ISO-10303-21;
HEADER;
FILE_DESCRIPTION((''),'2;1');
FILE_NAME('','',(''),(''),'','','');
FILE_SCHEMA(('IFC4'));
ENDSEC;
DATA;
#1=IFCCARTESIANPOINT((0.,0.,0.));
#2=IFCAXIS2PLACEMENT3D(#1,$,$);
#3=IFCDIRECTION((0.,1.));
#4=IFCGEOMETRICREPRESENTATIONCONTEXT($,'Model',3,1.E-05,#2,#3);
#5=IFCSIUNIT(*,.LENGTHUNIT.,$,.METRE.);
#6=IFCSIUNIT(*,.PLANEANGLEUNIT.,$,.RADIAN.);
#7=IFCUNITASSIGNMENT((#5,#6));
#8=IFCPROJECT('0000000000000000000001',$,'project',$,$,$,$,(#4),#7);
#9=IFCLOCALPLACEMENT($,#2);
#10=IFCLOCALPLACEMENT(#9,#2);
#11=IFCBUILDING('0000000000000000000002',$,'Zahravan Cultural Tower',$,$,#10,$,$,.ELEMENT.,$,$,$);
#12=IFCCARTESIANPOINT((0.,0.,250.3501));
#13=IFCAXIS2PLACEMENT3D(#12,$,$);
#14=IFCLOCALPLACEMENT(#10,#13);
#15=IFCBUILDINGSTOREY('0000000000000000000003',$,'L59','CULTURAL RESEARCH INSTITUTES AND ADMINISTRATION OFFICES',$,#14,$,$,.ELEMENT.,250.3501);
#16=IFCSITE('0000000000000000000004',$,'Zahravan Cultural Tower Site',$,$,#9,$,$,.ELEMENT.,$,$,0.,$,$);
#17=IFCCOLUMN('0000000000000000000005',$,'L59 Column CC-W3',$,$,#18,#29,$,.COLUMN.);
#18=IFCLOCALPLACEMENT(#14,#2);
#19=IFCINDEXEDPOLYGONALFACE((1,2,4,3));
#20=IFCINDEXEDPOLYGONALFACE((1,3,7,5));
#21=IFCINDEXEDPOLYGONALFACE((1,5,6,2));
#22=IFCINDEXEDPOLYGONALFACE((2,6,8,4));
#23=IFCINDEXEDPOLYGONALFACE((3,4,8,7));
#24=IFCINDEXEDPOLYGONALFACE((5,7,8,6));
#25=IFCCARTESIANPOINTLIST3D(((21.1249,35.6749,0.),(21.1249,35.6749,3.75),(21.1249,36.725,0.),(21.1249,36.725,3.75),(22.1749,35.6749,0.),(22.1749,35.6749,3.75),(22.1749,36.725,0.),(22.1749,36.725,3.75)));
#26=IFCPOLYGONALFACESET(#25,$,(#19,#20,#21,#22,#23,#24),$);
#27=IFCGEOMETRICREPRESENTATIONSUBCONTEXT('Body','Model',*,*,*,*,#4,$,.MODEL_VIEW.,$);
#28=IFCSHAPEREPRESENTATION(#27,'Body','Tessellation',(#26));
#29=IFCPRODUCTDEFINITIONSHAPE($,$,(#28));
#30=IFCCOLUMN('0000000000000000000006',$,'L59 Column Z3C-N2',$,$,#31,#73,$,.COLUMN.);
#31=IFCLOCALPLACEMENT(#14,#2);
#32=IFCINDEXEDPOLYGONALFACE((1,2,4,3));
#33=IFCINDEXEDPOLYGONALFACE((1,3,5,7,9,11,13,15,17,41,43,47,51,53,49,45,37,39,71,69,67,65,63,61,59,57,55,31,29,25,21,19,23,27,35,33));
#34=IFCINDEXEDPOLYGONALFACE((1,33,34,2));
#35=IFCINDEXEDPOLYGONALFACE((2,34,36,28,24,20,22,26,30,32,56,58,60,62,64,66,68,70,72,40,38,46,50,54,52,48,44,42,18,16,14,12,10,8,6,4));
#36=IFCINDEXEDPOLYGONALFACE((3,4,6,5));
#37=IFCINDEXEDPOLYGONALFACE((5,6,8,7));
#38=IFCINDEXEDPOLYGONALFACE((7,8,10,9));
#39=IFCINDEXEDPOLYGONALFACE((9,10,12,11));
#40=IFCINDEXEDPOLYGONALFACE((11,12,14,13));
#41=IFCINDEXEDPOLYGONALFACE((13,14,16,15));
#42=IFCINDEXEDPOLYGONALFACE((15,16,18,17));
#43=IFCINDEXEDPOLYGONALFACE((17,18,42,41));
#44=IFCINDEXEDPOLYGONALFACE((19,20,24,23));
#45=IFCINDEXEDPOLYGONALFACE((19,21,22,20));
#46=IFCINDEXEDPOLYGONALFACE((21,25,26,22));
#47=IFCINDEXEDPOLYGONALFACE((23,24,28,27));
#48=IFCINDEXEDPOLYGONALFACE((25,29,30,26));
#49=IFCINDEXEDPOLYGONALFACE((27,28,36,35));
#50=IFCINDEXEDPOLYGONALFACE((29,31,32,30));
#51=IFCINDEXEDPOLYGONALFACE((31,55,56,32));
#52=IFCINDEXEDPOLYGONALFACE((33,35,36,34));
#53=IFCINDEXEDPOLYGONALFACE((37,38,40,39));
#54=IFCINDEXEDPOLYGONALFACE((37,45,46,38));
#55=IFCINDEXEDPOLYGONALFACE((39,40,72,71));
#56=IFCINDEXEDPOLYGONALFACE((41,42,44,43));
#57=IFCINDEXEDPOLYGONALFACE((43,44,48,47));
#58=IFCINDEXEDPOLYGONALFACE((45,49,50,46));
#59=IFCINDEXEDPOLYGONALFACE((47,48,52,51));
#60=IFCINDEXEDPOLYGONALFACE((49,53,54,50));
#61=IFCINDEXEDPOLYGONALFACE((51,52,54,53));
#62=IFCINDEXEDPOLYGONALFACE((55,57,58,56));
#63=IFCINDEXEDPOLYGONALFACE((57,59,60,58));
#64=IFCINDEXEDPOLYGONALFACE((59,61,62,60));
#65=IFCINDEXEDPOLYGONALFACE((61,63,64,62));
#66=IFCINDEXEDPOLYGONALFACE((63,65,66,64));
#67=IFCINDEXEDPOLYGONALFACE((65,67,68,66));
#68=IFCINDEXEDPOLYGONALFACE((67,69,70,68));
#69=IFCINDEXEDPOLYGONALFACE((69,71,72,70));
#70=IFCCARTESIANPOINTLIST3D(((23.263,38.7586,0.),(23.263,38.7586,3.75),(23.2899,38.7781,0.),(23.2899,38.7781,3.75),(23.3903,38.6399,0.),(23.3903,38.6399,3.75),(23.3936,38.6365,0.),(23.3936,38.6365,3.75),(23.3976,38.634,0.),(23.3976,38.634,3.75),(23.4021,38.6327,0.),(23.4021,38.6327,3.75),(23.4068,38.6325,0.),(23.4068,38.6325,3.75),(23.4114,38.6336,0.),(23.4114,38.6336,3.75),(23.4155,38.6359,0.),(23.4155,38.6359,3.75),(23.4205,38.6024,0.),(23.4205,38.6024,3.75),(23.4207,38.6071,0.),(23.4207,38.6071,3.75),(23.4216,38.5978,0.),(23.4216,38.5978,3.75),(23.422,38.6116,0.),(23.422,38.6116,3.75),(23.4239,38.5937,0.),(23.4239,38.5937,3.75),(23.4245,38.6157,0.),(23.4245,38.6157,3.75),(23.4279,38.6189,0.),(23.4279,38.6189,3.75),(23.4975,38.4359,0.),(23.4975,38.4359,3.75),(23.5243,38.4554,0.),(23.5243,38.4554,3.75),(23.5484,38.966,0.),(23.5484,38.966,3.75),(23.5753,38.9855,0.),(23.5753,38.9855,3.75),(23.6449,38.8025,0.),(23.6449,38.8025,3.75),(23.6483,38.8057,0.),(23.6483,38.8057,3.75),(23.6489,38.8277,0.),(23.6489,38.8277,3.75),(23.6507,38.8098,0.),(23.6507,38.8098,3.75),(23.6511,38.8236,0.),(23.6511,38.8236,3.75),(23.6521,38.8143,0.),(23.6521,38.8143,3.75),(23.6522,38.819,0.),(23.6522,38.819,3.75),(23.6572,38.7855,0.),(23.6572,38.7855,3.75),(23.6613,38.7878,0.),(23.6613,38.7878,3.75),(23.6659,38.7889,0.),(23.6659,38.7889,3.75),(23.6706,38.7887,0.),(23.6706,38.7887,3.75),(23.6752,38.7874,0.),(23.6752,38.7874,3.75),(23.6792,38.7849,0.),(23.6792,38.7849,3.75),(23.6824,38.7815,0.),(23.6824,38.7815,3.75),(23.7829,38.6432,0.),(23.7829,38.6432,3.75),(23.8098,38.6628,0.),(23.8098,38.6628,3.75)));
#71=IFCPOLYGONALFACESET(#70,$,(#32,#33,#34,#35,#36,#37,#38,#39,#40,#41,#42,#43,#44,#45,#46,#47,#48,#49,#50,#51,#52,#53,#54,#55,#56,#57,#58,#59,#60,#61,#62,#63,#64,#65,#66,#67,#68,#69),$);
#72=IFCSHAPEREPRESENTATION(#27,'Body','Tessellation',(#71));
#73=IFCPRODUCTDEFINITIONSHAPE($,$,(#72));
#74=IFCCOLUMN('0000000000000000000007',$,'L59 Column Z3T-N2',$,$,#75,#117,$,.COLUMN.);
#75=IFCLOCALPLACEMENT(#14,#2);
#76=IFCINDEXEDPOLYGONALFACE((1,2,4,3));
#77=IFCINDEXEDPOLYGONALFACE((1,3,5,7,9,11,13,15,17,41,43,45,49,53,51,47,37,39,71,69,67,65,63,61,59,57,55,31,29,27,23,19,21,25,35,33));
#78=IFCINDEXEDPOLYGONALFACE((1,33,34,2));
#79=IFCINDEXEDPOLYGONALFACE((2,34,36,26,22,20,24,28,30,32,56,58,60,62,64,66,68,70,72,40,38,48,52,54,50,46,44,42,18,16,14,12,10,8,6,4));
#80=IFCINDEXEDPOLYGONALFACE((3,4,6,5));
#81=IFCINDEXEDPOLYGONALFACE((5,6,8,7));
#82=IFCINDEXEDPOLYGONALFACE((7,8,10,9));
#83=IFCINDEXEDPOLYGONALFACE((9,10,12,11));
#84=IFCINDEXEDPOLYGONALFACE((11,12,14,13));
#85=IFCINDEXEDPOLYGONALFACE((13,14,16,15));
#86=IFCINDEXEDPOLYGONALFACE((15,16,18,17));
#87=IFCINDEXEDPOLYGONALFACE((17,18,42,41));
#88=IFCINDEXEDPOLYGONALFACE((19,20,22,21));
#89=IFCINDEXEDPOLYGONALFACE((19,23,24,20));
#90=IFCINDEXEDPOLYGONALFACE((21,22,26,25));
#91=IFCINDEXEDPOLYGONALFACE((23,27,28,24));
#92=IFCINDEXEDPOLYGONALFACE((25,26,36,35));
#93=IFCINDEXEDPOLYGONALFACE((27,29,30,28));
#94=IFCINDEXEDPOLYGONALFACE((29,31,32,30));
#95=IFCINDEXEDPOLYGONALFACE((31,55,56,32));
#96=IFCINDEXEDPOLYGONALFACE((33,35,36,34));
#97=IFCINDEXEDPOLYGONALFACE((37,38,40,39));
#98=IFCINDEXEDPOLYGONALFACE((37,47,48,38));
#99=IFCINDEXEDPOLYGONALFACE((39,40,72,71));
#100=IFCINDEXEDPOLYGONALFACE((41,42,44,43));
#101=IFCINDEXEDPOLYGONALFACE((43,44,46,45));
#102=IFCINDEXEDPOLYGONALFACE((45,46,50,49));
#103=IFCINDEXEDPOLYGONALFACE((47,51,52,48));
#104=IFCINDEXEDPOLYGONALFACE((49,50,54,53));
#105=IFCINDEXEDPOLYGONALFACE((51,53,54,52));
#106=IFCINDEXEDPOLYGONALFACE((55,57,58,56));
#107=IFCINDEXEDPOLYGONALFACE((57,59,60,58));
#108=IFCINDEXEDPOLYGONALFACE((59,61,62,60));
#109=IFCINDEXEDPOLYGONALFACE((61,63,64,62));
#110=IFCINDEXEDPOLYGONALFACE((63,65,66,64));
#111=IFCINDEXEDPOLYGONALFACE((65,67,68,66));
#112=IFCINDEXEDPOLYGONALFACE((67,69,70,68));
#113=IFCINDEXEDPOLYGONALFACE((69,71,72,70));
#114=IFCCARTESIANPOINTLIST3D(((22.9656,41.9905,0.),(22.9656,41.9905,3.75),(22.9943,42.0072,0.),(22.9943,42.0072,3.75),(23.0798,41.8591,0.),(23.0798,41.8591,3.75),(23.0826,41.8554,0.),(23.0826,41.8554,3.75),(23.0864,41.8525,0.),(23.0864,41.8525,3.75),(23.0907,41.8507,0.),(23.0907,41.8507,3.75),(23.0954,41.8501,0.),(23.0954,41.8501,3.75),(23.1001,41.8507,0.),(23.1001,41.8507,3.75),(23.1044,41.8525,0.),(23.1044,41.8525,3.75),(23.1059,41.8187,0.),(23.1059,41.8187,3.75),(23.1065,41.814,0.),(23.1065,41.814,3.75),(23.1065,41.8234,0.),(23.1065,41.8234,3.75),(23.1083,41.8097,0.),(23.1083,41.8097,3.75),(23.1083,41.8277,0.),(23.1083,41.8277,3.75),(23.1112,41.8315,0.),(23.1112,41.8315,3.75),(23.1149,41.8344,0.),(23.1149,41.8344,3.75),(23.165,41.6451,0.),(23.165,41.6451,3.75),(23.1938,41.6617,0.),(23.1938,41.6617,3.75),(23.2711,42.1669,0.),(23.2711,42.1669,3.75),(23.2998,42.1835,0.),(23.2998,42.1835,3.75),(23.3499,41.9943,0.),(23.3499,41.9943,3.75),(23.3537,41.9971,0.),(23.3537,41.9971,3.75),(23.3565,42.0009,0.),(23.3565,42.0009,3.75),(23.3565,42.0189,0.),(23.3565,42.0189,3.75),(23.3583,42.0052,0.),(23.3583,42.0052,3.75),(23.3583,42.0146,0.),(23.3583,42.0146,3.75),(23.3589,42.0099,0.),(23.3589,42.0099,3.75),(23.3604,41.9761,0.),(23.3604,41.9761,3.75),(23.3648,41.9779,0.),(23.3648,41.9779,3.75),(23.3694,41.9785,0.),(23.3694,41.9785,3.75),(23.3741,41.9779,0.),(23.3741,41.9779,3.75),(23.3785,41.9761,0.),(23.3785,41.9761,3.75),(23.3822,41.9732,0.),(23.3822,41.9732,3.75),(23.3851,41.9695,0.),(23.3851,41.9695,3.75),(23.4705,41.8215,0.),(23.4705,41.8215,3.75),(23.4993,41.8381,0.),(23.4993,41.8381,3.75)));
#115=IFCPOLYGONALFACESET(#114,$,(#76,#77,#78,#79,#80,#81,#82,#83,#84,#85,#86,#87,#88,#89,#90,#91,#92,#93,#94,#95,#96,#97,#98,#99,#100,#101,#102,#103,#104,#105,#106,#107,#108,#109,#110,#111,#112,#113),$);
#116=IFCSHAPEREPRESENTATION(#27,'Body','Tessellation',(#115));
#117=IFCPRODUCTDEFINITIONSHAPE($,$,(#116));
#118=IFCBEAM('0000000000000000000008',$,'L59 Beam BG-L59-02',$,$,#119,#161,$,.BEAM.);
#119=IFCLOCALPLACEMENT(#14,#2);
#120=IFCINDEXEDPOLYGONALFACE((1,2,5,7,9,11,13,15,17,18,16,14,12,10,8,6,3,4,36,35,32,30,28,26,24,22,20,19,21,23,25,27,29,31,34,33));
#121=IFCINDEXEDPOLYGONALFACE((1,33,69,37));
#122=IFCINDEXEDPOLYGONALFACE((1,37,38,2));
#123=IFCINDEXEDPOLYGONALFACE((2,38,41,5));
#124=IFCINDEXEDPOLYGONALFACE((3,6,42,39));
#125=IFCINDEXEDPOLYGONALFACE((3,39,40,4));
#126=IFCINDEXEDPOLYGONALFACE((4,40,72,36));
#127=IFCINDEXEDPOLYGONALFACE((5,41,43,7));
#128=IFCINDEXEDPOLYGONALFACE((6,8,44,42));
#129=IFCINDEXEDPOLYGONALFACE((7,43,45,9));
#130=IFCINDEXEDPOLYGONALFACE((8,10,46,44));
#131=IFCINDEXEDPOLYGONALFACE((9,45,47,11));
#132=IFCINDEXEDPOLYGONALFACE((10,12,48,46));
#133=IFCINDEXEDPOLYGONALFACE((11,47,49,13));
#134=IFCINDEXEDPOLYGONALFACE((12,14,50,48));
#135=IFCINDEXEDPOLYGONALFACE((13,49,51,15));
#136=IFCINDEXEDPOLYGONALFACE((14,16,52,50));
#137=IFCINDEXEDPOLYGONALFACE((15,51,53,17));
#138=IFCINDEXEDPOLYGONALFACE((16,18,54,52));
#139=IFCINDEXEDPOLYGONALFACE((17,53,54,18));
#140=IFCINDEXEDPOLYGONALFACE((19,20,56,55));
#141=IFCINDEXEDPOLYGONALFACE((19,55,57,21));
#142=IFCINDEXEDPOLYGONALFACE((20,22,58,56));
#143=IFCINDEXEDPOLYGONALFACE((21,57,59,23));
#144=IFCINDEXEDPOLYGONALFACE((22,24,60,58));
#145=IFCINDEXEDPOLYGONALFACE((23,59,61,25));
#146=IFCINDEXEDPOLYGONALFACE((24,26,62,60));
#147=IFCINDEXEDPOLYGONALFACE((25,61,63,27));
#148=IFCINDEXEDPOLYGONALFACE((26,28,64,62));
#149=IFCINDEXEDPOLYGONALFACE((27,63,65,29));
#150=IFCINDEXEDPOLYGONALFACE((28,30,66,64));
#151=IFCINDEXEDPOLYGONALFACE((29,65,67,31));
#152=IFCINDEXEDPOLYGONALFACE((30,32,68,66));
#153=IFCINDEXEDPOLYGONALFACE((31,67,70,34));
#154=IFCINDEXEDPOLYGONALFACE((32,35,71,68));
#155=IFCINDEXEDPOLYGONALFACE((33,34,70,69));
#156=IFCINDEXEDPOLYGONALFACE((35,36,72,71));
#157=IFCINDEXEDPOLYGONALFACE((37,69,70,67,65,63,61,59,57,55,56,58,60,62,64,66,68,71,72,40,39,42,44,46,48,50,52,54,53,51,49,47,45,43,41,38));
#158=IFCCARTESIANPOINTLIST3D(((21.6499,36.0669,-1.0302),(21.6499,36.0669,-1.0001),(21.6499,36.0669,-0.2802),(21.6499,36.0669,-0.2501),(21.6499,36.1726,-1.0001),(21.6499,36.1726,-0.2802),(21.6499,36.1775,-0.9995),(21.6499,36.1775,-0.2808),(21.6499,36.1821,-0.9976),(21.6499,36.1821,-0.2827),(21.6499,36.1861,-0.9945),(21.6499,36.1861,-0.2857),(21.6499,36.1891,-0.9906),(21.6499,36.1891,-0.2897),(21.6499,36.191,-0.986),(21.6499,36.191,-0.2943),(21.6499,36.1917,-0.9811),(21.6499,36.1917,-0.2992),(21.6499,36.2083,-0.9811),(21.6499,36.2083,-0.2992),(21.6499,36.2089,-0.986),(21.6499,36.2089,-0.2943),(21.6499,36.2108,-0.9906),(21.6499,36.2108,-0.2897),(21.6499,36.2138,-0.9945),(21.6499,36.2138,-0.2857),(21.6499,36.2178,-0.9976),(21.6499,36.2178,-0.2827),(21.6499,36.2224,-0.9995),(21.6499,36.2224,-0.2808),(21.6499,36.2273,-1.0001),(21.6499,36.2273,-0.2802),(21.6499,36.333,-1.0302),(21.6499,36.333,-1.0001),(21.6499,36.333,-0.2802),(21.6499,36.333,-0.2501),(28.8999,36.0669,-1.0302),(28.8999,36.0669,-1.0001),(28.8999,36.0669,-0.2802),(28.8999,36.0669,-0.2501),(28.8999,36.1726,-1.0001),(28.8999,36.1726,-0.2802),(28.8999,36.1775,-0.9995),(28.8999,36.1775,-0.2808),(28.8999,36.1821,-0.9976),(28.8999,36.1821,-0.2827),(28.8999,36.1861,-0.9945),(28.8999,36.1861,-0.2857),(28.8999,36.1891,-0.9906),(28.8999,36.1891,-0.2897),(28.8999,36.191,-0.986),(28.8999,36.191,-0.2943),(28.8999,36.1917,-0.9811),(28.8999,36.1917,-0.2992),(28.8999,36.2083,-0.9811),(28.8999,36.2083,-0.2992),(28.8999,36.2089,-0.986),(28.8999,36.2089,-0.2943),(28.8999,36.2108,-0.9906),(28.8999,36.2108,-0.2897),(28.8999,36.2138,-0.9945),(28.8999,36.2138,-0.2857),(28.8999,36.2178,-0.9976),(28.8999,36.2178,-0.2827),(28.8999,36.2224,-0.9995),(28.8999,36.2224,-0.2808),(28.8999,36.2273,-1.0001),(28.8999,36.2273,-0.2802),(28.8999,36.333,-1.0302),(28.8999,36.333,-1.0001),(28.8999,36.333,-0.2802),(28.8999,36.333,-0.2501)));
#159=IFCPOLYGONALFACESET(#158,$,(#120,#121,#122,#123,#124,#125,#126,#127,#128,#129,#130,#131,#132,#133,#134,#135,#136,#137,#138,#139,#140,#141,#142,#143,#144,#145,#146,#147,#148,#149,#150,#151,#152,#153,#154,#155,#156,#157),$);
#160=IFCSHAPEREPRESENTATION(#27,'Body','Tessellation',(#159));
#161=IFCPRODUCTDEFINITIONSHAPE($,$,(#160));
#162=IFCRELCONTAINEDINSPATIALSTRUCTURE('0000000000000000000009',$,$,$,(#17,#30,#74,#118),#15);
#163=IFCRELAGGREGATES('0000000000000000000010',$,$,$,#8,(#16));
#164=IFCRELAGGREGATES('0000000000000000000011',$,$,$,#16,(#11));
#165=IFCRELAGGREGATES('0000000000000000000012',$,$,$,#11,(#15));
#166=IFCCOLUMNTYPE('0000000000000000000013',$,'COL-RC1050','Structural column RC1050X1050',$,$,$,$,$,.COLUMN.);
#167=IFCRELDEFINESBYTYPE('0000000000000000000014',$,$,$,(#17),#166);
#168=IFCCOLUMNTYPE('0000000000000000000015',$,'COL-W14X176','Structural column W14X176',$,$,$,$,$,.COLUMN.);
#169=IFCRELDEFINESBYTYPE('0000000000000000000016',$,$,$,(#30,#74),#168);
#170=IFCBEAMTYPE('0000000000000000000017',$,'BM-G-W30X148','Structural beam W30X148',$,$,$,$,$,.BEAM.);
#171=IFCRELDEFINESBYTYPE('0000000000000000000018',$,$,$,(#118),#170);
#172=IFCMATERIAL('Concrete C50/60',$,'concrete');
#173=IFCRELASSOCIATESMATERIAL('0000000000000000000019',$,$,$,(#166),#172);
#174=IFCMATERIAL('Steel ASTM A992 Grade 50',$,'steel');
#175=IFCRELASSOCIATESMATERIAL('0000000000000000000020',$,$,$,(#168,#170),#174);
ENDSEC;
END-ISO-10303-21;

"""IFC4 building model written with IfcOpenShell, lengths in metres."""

from ifc_helpers import new_model, si_unit, direction, frame, origin, origin_2d, place, context, subcontext, project, spatial, rectangle, i_section, extrude, source, transform, mapped, material, material_profile, profile_set, type_object, element, save


model = new_model("IFC4")

# Units and contexts
model_context = context("Model", 3, precision=1e-05, world=origin(), true_north=direction((0.0, 1.0)))
body_context = subcontext(model_context, "Body", "Model", "MODEL_VIEW")
ifc_project = project(units=[si_unit("LENGTHUNIT", "METRE"), si_unit("PLANEANGLEUNIT", "RADIAN")], contexts=[model_context])

# Site, building, storey
site_placement = place(None, origin())
site = spatial("IfcSite", under=ifc_project, at=site_placement, Name="Zahravan Cultural Tower Site", CompositionType="ELEMENT", RefElevation=0.0)
building_placement = place(site_placement, origin())
building = spatial("IfcBuilding", under=site, at=building_placement, Name="Zahravan Cultural Tower", CompositionType="ELEMENT")
storey_placement = place(building_placement, frame((0.0, 0.0, 250.3501)))
storey = spatial("IfcBuildingStorey", under=building, at=storey_placement, Name="L59", Description="CULTURAL RESEARCH INSTITUTES AND ADMINISTRATION OFFICES", CompositionType="ELEMENT", Elevation=250.3501)

# Columns
ifc_material_1 = material(Name="Concrete C50/60", Category="concrete")
ifc_material_profile_1 = material_profile(ifc_material_1, rectangle(XDim=1.05, YDim=1.05, at=origin_2d()), Name="RC1050X1050")
ifc_profile_set_1 = profile_set([ifc_material_profile_1], Name="Concrete C50/60")
column_type_1 = type_object("IfcColumnType", Name="COL-RC1050", Description="Structural column RC1050X1050", PredefinedType="COLUMN", material=ifc_profile_set_1)
shared_shape_1 = source(origin(), body_context, "Body", "SweptSolid", [
    extrude(rectangle(XDim=1.05, YDim=1.05, at=origin_2d()), origin(), (0.0, 0.0, 1.0), 3.75),
])
column_placement = place(storey_placement, frame((21.6499, 36.2, 0.0), z_axis=(0.0, 0.0, 1.0), x_axis=(1.0, 0.0, 0.0)))
element("IfcColumn", 1, at=column_placement, inside=storey, type_object=column_type_1, Name="L59 Column CC-W3", PredefinedType="COLUMN", context=body_context, shape_type="MappedRepresentation", body=[
    mapped(shared_shape_1, transform((0.0, 0.0, 0.0), x_axis=(1.0, 0.0, 0.0), y_axis=(0.0, 1.0, 0.0), z_axis=(0.0, 0.0, 1.0), scale=1.0)),
])
ifc_material_2 = material(Name="Steel ASTM A992 Grade 50", Category="steel")
ifc_material_profile_2 = material_profile(ifc_material_2, i_section(OverallWidth=0.3989, OverallDepth=0.386, WebThickness=0.021, FlangeThickness=0.0332, FilletRadius=0.0181, at=origin_2d()), Name="W14X176")
ifc_profile_set_2 = profile_set([ifc_material_profile_2], Name="Steel ASTM A992 Grade 50")
column_type_2 = type_object("IfcColumnType", Name="COL-W14X176", Description="Structural column W14X176", PredefinedType="COLUMN", material=ifc_profile_set_2)
shared_shape_2 = source(origin(), body_context, "Body", "SweptSolid", [
    extrude(i_section(OverallWidth=0.3989, OverallDepth=0.386, WebThickness=0.021, FlangeThickness=0.0332, FilletRadius=0.0181, at=origin_2d()), origin(), (0.0, 0.0, 1.0), 3.75),
])
for number, where, z_axis, x_axis, name in (
    (2, (23.5364, 38.7107, 0.0), (0.0, 0.0, 1.0), (-0.587785, 0.809017, 0.0), "L59 Column Z3C-N2"),
    (3, (23.2324, 41.9143, 0.0), (0.0, 0.0, 1.0), (-0.5, 0.866025, 0.0), "L59 Column Z3T-N2"),
):
    element("IfcColumn", number, at=place(storey_placement, frame(where, z_axis=z_axis, x_axis=x_axis)), inside=storey, type_object=column_type_2, Name=name, PredefinedType="COLUMN", context=body_context, shape_type="MappedRepresentation", body=[
        mapped(shared_shape_2, transform((0.0, 0.0, 0.0), x_axis=(1.0, 0.0, 0.0), y_axis=(0.0, 1.0, 0.0), z_axis=(0.0, 0.0, 1.0), scale=1.0)),
    ])

# Beam
ifc_material_profile_3 = material_profile(ifc_material_2, i_section(OverallWidth=0.2661, OverallDepth=0.78, WebThickness=0.0166, FlangeThickness=0.03, FilletRadius=0.019, at=origin_2d()), Name="W30X148")
ifc_profile_set_3 = profile_set([ifc_material_profile_3], Name="Steel ASTM A992 Grade 50")
beam_type_1 = type_object("IfcBeamType", Name="BM-G-W30X148", Description="Structural beam W30X148", PredefinedType="BEAM", material=ifc_profile_set_3)
shared_shape_3 = source(origin(), body_context, "Body", "SweptSolid", [
    extrude(i_section(OverallWidth=0.2661, OverallDepth=0.78, WebThickness=0.0166, FlangeThickness=0.03, FilletRadius=0.019, at=origin_2d()), origin(), (0.0, 0.0, 1.0), 7.25),
])
beam_1_placement = place(storey_placement, frame((21.6499, 36.2, -0.6401), z_axis=(1.0, 0.0, 0.0), x_axis=(0.0, 1.0, 0.0)))
element("IfcBeam", 4, at=beam_1_placement, inside=storey, type_object=beam_type_1, Name="L59 Beam BG-L59-02", PredefinedType="BEAM", context=body_context, shape_type="MappedRepresentation", body=[
    mapped(shared_shape_3, transform((0.0, 0.0, 0.0), x_axis=(1.0, 0.0, 0.0), y_axis=(0.0, 1.0, 0.0), z_axis=(0.0, 0.0, 1.0), scale=1.0)),
])

save(model, "model.ifc")
